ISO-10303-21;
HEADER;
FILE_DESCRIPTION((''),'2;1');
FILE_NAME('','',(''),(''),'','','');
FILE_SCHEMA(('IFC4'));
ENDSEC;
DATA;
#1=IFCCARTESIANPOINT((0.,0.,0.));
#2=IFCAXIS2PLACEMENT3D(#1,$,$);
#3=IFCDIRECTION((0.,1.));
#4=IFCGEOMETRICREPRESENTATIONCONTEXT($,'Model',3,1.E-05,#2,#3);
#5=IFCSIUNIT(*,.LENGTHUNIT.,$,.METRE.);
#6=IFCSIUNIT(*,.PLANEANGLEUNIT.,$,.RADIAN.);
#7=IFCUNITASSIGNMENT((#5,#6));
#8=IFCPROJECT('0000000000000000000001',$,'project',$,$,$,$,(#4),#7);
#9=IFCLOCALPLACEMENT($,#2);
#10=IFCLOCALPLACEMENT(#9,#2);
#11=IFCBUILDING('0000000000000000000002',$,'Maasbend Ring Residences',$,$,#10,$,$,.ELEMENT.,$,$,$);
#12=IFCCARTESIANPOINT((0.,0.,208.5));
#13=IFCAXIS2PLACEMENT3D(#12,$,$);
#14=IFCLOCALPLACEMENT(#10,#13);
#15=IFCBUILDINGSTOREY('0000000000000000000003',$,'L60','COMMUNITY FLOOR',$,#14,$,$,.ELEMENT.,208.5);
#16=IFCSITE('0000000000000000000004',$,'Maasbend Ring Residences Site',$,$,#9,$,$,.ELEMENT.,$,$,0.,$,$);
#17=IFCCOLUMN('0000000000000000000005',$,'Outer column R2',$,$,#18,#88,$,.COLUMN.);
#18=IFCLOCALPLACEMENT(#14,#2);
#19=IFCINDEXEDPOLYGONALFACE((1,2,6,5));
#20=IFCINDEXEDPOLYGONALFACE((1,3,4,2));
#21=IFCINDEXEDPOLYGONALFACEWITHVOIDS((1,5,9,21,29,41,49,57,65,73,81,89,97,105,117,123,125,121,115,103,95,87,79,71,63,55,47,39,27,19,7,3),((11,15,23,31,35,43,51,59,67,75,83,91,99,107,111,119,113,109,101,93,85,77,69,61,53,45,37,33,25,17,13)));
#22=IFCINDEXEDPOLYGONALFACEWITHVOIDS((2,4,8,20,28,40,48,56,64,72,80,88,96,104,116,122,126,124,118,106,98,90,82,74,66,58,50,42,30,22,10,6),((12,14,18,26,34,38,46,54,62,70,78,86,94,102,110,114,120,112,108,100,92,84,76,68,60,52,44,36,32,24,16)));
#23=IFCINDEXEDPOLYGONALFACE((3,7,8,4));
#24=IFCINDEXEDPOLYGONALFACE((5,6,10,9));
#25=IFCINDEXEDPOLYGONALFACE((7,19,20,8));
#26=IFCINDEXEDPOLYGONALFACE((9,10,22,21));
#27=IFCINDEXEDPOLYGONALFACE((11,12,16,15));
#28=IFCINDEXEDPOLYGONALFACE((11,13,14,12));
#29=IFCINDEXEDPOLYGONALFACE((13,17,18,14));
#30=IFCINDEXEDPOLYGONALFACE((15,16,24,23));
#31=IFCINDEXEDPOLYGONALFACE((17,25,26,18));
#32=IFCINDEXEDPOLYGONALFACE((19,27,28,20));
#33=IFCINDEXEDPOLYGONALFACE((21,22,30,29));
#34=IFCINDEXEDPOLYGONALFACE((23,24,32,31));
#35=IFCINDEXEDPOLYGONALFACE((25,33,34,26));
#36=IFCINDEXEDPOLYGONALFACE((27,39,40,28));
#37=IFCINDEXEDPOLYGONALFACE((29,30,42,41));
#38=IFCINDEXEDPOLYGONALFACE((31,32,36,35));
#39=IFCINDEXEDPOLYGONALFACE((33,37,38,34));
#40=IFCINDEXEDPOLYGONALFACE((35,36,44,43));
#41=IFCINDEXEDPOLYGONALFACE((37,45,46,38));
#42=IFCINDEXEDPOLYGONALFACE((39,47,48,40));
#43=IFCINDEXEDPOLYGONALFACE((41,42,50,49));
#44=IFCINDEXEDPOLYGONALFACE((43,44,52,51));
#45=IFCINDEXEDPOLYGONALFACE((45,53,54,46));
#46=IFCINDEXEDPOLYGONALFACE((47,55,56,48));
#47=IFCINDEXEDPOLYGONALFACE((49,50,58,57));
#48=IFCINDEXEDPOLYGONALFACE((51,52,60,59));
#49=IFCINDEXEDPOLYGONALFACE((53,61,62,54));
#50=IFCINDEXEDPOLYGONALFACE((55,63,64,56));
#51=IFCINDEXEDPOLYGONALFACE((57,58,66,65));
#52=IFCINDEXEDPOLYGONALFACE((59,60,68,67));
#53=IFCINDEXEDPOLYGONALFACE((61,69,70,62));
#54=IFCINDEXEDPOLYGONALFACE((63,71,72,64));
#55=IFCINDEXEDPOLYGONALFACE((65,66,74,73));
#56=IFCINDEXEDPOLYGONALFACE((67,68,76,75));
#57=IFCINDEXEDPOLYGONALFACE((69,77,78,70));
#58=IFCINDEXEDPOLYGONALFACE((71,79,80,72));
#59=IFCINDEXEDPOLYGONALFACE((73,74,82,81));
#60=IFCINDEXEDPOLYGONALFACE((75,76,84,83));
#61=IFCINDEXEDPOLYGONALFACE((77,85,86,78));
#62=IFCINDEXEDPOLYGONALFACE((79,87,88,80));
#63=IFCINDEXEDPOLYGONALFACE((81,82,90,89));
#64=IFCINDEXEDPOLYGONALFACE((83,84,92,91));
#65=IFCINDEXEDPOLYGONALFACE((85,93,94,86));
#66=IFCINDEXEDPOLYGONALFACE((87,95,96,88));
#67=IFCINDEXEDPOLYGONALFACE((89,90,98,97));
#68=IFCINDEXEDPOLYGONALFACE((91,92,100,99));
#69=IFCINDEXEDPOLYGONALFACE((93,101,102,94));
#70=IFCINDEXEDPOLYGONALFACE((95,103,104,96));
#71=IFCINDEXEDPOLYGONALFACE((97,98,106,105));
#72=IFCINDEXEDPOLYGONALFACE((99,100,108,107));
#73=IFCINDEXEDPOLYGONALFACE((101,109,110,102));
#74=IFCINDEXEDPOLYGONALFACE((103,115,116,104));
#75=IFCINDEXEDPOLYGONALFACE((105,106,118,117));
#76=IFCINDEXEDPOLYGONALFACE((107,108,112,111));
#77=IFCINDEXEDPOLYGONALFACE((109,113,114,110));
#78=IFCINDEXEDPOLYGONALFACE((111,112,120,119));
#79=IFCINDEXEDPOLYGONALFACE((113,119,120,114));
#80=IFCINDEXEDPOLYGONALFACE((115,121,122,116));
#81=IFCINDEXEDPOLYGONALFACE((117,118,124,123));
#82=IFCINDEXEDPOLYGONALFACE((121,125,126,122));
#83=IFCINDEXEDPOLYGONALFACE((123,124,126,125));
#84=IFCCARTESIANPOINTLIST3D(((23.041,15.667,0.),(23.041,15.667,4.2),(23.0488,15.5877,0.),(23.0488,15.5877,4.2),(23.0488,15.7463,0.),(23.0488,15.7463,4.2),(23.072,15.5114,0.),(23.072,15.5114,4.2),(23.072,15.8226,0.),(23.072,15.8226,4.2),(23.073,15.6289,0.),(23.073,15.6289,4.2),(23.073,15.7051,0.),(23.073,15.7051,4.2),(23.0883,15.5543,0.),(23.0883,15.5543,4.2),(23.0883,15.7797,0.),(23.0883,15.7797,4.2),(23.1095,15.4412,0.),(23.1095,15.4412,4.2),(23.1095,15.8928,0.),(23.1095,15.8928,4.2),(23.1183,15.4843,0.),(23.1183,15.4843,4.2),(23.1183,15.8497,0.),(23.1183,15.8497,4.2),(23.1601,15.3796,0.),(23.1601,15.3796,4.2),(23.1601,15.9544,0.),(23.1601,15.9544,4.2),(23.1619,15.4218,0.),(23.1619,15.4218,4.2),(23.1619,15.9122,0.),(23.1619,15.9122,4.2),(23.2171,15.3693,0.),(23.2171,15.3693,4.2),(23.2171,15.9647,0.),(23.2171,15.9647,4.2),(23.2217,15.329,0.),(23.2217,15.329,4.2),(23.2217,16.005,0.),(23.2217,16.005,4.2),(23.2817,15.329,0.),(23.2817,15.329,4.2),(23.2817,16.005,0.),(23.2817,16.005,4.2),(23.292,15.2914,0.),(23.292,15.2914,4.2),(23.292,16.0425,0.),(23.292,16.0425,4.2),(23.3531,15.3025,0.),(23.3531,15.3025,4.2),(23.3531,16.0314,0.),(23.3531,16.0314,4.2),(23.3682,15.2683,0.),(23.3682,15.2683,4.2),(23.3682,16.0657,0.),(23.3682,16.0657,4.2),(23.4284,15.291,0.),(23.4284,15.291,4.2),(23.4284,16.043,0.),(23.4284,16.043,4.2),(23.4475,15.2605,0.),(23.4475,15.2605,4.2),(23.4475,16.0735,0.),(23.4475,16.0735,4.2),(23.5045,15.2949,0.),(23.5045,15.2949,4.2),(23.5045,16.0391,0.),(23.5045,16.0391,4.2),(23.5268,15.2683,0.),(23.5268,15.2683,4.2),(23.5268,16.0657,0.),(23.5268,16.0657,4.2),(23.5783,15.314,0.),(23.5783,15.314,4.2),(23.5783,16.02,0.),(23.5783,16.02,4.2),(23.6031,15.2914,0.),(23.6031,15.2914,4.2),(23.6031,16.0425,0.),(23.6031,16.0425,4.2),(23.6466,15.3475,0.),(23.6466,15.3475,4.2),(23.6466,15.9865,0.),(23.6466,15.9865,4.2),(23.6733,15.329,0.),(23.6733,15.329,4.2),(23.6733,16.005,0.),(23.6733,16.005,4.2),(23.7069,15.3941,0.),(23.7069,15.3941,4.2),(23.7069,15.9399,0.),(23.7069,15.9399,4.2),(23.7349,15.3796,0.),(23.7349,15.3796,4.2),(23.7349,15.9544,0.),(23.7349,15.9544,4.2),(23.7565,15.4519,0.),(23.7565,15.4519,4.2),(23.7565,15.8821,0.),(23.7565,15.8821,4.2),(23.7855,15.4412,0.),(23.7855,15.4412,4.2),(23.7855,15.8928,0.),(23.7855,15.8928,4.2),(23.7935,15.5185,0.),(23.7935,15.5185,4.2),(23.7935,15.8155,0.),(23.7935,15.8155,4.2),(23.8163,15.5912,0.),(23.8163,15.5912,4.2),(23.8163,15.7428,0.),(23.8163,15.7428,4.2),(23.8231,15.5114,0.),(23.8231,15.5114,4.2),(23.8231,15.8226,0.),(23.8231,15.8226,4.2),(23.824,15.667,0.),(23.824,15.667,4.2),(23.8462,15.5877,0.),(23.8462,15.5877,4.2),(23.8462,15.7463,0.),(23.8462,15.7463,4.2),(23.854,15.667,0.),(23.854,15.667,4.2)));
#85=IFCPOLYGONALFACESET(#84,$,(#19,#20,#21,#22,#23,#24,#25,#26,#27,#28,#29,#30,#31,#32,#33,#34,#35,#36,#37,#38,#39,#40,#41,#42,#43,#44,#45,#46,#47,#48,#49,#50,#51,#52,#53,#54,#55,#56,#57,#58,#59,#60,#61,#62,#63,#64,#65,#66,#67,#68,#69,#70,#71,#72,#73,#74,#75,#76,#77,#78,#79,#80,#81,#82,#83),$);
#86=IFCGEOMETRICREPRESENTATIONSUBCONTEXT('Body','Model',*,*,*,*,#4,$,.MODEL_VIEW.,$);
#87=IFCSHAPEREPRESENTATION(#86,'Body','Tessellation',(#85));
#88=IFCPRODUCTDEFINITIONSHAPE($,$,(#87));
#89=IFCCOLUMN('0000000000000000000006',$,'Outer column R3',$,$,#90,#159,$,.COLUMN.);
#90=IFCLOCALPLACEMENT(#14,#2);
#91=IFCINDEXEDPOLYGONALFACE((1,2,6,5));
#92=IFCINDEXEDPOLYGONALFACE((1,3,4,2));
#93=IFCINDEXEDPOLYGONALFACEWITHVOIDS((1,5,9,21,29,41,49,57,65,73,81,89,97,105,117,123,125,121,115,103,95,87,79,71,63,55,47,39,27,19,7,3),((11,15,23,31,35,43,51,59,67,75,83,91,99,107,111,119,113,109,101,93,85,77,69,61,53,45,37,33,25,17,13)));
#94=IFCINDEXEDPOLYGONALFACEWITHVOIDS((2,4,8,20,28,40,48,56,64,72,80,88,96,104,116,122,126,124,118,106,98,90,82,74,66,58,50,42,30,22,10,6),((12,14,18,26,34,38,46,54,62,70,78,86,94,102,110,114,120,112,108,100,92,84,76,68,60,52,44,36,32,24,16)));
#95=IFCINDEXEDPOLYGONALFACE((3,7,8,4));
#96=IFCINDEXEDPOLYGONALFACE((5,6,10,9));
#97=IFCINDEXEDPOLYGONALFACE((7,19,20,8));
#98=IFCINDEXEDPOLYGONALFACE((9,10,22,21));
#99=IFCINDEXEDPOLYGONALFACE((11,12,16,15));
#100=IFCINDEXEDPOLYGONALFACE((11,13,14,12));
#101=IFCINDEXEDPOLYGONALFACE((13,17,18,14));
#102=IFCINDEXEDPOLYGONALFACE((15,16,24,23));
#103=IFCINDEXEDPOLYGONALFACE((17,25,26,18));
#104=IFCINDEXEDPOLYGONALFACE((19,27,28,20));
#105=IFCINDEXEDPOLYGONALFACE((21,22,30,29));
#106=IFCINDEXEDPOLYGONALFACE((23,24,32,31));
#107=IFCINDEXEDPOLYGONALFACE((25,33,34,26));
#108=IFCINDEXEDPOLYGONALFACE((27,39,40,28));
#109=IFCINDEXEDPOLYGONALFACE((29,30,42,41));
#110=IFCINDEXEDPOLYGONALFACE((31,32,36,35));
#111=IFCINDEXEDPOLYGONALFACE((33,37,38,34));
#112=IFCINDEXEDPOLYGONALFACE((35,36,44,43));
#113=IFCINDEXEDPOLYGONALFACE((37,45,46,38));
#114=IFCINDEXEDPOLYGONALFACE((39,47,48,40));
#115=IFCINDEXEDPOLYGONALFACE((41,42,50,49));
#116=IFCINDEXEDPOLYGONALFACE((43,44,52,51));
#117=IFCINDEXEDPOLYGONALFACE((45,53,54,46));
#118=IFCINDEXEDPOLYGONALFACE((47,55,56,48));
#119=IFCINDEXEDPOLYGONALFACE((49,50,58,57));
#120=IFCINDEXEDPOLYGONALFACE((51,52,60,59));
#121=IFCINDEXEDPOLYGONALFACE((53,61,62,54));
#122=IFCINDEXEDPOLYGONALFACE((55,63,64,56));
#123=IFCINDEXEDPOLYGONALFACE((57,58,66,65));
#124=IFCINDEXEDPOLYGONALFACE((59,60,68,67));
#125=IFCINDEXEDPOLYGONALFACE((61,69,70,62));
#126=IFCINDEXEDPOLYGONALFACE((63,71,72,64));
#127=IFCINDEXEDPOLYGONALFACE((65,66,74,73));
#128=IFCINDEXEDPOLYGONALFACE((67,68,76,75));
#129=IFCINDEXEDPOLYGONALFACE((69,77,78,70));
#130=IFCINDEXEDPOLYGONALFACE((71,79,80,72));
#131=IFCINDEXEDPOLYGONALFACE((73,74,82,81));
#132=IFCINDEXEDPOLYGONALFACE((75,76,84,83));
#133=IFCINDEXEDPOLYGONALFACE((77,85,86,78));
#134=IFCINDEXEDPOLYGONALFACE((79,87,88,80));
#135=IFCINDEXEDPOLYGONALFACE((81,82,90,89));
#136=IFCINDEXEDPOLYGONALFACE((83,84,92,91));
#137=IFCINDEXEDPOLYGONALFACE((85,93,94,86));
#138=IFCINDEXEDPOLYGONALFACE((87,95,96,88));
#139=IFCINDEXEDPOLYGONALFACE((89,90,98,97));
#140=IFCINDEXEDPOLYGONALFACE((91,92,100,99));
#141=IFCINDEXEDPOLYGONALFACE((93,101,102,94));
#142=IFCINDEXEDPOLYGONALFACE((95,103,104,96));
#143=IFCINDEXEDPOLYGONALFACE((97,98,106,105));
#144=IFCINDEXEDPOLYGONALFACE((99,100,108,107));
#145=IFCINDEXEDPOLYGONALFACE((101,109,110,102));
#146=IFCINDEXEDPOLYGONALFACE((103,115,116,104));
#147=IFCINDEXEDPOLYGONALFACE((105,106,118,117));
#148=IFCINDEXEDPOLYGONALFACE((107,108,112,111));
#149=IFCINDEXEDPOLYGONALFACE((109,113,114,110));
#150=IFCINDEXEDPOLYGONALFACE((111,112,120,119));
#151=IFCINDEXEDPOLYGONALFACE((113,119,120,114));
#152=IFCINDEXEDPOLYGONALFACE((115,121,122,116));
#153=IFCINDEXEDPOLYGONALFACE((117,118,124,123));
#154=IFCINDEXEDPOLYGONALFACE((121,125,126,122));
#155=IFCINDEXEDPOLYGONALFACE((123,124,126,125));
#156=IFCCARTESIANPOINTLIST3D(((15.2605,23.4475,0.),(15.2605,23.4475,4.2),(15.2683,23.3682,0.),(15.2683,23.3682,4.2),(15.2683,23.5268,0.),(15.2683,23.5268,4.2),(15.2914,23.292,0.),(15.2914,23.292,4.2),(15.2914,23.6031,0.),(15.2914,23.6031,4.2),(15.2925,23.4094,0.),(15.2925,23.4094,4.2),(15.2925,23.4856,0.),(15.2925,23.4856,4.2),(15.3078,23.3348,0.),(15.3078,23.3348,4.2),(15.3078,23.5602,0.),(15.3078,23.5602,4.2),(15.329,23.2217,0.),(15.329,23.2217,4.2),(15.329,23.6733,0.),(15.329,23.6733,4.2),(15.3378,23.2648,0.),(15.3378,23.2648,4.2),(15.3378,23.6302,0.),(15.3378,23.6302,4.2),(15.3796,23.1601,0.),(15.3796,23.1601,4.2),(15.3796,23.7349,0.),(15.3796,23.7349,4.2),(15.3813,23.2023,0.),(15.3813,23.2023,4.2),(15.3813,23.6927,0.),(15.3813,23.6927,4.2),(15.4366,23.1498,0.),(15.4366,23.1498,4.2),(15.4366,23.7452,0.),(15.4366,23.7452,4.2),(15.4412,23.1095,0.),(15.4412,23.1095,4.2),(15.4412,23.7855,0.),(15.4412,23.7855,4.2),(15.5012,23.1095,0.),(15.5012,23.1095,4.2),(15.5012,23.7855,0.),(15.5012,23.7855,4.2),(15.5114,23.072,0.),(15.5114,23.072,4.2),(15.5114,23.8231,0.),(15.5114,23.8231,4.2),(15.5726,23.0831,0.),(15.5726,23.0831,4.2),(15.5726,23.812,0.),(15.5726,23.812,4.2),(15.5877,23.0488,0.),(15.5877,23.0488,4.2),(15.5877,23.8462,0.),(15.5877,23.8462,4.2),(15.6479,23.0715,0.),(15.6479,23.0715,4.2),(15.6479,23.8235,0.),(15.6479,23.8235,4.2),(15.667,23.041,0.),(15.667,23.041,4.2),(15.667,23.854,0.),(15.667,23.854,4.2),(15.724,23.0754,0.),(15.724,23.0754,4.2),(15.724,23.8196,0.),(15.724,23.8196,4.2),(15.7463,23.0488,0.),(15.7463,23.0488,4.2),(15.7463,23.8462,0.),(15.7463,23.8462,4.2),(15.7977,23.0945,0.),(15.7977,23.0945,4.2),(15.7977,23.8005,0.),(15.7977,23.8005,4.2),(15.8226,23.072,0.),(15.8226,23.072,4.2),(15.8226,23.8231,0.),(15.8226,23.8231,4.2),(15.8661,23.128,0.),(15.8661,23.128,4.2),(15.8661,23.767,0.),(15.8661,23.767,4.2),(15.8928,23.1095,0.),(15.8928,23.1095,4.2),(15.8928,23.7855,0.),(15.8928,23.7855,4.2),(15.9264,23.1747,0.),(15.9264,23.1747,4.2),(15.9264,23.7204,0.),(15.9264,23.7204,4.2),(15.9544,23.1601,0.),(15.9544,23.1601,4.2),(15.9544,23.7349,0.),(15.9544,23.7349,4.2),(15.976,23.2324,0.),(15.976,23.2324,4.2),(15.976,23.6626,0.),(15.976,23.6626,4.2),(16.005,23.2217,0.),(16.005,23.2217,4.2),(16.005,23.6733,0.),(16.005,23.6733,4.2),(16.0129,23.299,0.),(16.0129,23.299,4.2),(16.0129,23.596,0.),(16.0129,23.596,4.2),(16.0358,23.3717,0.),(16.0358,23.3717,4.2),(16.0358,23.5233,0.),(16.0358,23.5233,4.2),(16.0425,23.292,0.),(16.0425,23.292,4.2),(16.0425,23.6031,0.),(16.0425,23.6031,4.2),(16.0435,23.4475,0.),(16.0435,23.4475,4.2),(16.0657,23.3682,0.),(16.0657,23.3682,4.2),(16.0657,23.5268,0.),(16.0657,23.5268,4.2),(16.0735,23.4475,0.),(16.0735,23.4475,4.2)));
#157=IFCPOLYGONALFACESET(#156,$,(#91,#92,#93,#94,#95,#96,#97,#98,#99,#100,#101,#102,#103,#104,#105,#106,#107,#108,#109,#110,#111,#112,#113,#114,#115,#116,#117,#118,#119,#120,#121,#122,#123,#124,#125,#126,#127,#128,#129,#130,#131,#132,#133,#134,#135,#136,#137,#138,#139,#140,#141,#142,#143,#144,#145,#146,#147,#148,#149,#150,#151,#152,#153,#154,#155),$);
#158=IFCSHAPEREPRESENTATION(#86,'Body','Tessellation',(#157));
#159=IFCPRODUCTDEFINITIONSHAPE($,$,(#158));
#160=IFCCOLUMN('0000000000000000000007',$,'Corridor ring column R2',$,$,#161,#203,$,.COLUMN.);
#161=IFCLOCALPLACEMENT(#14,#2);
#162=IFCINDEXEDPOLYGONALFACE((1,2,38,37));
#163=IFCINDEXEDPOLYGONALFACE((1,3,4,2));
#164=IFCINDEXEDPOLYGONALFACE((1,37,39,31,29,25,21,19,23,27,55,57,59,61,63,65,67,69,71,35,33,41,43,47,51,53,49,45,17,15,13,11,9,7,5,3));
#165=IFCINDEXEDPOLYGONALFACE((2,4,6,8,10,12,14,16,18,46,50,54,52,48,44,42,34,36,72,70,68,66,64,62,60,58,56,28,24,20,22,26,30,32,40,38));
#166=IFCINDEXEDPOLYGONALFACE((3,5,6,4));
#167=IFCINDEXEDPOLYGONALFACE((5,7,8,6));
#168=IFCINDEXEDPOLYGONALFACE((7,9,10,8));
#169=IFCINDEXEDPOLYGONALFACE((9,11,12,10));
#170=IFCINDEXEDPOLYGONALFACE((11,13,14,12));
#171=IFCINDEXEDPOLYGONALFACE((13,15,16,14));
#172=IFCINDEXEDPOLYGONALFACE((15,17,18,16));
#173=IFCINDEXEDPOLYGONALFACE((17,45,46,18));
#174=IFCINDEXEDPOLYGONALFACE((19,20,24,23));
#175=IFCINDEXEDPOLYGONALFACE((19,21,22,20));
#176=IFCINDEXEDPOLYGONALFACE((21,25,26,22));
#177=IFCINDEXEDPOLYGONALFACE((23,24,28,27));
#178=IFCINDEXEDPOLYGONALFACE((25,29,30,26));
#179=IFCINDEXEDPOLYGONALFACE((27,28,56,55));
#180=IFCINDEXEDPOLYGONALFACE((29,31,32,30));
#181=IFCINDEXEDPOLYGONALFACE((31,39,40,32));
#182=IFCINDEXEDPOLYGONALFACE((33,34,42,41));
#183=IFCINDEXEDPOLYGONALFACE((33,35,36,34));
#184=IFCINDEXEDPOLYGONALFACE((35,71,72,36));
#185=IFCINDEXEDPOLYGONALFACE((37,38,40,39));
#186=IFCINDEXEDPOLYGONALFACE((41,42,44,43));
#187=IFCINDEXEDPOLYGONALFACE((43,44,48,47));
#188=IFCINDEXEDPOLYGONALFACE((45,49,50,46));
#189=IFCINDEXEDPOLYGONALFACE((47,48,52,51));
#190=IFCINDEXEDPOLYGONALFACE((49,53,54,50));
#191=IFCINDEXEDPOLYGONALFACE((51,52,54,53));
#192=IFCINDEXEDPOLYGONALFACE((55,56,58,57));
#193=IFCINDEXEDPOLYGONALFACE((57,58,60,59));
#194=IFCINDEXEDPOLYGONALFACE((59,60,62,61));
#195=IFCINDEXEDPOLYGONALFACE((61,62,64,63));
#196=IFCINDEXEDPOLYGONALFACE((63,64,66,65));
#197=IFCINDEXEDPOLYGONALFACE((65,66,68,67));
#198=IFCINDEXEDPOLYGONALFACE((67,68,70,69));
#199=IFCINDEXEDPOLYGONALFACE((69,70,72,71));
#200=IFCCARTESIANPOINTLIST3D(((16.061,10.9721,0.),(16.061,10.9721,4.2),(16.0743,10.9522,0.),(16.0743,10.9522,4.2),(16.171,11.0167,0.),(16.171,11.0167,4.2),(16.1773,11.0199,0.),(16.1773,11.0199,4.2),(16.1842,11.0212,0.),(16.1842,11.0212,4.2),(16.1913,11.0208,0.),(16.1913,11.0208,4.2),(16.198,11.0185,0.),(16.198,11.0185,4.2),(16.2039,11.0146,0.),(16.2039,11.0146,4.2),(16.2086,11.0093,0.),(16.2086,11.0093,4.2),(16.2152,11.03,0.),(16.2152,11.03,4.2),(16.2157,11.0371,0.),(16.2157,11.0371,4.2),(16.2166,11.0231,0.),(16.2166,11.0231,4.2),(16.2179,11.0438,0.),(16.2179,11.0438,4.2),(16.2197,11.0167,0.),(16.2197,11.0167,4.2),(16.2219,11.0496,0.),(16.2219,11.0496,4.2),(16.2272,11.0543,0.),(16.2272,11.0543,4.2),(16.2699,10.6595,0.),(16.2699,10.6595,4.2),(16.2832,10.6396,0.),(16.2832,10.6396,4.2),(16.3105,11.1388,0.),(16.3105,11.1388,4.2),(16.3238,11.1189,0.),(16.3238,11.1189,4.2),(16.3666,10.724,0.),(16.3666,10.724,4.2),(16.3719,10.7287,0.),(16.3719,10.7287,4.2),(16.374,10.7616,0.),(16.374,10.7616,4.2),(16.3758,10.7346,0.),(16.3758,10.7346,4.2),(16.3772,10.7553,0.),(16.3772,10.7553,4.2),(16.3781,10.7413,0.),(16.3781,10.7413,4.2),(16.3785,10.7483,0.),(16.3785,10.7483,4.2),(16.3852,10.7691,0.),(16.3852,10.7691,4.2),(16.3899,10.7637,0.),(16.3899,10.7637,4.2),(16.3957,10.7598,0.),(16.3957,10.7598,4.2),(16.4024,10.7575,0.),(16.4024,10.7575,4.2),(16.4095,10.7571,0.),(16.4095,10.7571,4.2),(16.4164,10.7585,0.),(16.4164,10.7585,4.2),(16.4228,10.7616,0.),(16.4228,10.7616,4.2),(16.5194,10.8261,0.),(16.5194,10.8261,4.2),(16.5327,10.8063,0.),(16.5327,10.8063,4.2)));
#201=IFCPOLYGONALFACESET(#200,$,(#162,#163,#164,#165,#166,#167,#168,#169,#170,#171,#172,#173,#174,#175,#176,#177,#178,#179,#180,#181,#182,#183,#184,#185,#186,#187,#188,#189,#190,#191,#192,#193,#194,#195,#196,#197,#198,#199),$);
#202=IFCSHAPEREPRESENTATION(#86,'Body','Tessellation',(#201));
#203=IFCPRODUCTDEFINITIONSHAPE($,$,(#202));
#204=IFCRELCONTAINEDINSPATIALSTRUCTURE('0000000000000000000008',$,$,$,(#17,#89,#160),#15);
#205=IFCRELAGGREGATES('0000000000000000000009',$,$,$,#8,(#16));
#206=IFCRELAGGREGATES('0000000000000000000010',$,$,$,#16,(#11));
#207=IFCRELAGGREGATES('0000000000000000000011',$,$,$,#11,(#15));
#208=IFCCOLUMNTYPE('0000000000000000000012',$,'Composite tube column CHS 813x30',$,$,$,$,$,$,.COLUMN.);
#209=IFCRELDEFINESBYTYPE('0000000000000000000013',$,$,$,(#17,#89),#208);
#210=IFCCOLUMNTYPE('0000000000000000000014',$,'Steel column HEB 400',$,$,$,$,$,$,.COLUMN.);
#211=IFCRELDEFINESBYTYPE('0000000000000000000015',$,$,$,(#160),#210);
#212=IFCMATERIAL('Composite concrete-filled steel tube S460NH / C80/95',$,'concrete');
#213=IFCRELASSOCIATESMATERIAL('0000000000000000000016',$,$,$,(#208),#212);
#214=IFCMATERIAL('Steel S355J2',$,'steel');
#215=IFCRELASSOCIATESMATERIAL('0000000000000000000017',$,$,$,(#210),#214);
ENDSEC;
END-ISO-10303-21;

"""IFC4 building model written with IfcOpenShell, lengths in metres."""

from ifc_helpers import new_model, si_unit, direction, frame, origin, origin_2d, place, context, subcontext, project, spatial, hollow_circle, i_section, extrude, material, material_profile, profile_set, type_object, element, save


model = new_model("IFC4")

# Units and contexts
model_context = context("Model", 3, precision=1e-05, world=origin(), true_north=direction((0.0, 1.0)))
body_context = subcontext(model_context, "Body", "Model", "MODEL_VIEW")
ifc_project = project(units=[si_unit("LENGTHUNIT", "METRE"), si_unit("PLANEANGLEUNIT", "RADIAN")], contexts=[model_context])

# Site, building, storey
site_placement = place(None, origin())
site = spatial("IfcSite", under=ifc_project, at=site_placement, Name="Maasbend Ring Residences Site", CompositionType="ELEMENT", RefElevation=0.0)
building_placement = place(site_placement, origin())
building = spatial("IfcBuilding", under=site, at=building_placement, Name="Maasbend Ring Residences", CompositionType="ELEMENT")
storey_placement = place(building_placement, frame((0.0, 0.0, 208.5)))
storey = spatial("IfcBuildingStorey", under=building, at=storey_placement, Name="L60", Description="COMMUNITY FLOOR", CompositionType="ELEMENT", Elevation=208.5)

# Columns
ifc_material_1 = material(Name="Composite concrete-filled steel tube S460NH / C80/95", Category="concrete")
ifc_material_profile_1 = material_profile(ifc_material_1, hollow_circle(Radius=0.4065, WallThickness=0.03, at=origin_2d()), Name="Composite tube column CHS 813x30")
ifc_profile_set_1 = profile_set([ifc_material_profile_1], Name="Composite concrete-filled steel tube S460NH / C80/95")
column_type_1 = type_object("IfcColumnType", Name="Composite tube column CHS 813x30", PredefinedType="COLUMN", material=ifc_profile_set_1)
for number, where, z_axis, x_axis, name in (
    (1, (23.4475, 15.667, 0.0), (0.0, 0.0, 1.0), (1.0, 0.0, 0.0), "Outer column R2"),
    (2, (15.667, 23.4475, 0.0), (0.0, 0.0, 1.0), (1.0, 0.0, 0.0), "Outer column R3"),
):
    element("IfcColumn", number, at=place(storey_placement, frame(where, z_axis=z_axis, x_axis=x_axis)), inside=storey, type_object=column_type_1, Name=name, PredefinedType="COLUMN", context=body_context, shape_type="SweptSolid", body=[
        extrude(hollow_circle(Radius=0.4065, WallThickness=0.03, at=origin_2d()), origin(), (0.0, 0.0, 1.0), 4.2),
    ])
ifc_material_2 = material(Name="Steel S355J2", Category="steel")
ifc_material_profile_2 = material_profile(ifc_material_2, i_section(OverallWidth=0.3, OverallDepth=0.3999, WebThickness=0.0134, FlangeThickness=0.0239, FilletRadius=0.0271, at=origin_2d()), Name="HEB 400")
ifc_profile_set_2 = profile_set([ifc_material_profile_2], Name="Steel S355J2")
column_type_2 = type_object("IfcColumnType", Name="Steel column HEB 400", PredefinedType="COLUMN", material=ifc_profile_set_2)
for number, where, z_axis, x_axis, name in (
    (3, (16.2969, 10.8892, 0.0), (0.0, 0.0, 1.0), (0.83147, 0.55557, 0.0), "Corridor ring column R2"),
):
    element("IfcColumn", number, at=place(storey_placement, frame(where, z_axis=z_axis, x_axis=x_axis)), inside=storey, type_object=column_type_2, Name=name, PredefinedType="COLUMN", context=body_context, shape_type="SweptSolid", body=[
        extrude(i_section(OverallWidth=0.3, OverallDepth=0.3999, WebThickness=0.0134, FlangeThickness=0.0239, FilletRadius=0.0271, at=origin_2d()), origin(), (0.0, 0.0, 1.0), 4.2),
    ])

save(model, "model.ifc")
